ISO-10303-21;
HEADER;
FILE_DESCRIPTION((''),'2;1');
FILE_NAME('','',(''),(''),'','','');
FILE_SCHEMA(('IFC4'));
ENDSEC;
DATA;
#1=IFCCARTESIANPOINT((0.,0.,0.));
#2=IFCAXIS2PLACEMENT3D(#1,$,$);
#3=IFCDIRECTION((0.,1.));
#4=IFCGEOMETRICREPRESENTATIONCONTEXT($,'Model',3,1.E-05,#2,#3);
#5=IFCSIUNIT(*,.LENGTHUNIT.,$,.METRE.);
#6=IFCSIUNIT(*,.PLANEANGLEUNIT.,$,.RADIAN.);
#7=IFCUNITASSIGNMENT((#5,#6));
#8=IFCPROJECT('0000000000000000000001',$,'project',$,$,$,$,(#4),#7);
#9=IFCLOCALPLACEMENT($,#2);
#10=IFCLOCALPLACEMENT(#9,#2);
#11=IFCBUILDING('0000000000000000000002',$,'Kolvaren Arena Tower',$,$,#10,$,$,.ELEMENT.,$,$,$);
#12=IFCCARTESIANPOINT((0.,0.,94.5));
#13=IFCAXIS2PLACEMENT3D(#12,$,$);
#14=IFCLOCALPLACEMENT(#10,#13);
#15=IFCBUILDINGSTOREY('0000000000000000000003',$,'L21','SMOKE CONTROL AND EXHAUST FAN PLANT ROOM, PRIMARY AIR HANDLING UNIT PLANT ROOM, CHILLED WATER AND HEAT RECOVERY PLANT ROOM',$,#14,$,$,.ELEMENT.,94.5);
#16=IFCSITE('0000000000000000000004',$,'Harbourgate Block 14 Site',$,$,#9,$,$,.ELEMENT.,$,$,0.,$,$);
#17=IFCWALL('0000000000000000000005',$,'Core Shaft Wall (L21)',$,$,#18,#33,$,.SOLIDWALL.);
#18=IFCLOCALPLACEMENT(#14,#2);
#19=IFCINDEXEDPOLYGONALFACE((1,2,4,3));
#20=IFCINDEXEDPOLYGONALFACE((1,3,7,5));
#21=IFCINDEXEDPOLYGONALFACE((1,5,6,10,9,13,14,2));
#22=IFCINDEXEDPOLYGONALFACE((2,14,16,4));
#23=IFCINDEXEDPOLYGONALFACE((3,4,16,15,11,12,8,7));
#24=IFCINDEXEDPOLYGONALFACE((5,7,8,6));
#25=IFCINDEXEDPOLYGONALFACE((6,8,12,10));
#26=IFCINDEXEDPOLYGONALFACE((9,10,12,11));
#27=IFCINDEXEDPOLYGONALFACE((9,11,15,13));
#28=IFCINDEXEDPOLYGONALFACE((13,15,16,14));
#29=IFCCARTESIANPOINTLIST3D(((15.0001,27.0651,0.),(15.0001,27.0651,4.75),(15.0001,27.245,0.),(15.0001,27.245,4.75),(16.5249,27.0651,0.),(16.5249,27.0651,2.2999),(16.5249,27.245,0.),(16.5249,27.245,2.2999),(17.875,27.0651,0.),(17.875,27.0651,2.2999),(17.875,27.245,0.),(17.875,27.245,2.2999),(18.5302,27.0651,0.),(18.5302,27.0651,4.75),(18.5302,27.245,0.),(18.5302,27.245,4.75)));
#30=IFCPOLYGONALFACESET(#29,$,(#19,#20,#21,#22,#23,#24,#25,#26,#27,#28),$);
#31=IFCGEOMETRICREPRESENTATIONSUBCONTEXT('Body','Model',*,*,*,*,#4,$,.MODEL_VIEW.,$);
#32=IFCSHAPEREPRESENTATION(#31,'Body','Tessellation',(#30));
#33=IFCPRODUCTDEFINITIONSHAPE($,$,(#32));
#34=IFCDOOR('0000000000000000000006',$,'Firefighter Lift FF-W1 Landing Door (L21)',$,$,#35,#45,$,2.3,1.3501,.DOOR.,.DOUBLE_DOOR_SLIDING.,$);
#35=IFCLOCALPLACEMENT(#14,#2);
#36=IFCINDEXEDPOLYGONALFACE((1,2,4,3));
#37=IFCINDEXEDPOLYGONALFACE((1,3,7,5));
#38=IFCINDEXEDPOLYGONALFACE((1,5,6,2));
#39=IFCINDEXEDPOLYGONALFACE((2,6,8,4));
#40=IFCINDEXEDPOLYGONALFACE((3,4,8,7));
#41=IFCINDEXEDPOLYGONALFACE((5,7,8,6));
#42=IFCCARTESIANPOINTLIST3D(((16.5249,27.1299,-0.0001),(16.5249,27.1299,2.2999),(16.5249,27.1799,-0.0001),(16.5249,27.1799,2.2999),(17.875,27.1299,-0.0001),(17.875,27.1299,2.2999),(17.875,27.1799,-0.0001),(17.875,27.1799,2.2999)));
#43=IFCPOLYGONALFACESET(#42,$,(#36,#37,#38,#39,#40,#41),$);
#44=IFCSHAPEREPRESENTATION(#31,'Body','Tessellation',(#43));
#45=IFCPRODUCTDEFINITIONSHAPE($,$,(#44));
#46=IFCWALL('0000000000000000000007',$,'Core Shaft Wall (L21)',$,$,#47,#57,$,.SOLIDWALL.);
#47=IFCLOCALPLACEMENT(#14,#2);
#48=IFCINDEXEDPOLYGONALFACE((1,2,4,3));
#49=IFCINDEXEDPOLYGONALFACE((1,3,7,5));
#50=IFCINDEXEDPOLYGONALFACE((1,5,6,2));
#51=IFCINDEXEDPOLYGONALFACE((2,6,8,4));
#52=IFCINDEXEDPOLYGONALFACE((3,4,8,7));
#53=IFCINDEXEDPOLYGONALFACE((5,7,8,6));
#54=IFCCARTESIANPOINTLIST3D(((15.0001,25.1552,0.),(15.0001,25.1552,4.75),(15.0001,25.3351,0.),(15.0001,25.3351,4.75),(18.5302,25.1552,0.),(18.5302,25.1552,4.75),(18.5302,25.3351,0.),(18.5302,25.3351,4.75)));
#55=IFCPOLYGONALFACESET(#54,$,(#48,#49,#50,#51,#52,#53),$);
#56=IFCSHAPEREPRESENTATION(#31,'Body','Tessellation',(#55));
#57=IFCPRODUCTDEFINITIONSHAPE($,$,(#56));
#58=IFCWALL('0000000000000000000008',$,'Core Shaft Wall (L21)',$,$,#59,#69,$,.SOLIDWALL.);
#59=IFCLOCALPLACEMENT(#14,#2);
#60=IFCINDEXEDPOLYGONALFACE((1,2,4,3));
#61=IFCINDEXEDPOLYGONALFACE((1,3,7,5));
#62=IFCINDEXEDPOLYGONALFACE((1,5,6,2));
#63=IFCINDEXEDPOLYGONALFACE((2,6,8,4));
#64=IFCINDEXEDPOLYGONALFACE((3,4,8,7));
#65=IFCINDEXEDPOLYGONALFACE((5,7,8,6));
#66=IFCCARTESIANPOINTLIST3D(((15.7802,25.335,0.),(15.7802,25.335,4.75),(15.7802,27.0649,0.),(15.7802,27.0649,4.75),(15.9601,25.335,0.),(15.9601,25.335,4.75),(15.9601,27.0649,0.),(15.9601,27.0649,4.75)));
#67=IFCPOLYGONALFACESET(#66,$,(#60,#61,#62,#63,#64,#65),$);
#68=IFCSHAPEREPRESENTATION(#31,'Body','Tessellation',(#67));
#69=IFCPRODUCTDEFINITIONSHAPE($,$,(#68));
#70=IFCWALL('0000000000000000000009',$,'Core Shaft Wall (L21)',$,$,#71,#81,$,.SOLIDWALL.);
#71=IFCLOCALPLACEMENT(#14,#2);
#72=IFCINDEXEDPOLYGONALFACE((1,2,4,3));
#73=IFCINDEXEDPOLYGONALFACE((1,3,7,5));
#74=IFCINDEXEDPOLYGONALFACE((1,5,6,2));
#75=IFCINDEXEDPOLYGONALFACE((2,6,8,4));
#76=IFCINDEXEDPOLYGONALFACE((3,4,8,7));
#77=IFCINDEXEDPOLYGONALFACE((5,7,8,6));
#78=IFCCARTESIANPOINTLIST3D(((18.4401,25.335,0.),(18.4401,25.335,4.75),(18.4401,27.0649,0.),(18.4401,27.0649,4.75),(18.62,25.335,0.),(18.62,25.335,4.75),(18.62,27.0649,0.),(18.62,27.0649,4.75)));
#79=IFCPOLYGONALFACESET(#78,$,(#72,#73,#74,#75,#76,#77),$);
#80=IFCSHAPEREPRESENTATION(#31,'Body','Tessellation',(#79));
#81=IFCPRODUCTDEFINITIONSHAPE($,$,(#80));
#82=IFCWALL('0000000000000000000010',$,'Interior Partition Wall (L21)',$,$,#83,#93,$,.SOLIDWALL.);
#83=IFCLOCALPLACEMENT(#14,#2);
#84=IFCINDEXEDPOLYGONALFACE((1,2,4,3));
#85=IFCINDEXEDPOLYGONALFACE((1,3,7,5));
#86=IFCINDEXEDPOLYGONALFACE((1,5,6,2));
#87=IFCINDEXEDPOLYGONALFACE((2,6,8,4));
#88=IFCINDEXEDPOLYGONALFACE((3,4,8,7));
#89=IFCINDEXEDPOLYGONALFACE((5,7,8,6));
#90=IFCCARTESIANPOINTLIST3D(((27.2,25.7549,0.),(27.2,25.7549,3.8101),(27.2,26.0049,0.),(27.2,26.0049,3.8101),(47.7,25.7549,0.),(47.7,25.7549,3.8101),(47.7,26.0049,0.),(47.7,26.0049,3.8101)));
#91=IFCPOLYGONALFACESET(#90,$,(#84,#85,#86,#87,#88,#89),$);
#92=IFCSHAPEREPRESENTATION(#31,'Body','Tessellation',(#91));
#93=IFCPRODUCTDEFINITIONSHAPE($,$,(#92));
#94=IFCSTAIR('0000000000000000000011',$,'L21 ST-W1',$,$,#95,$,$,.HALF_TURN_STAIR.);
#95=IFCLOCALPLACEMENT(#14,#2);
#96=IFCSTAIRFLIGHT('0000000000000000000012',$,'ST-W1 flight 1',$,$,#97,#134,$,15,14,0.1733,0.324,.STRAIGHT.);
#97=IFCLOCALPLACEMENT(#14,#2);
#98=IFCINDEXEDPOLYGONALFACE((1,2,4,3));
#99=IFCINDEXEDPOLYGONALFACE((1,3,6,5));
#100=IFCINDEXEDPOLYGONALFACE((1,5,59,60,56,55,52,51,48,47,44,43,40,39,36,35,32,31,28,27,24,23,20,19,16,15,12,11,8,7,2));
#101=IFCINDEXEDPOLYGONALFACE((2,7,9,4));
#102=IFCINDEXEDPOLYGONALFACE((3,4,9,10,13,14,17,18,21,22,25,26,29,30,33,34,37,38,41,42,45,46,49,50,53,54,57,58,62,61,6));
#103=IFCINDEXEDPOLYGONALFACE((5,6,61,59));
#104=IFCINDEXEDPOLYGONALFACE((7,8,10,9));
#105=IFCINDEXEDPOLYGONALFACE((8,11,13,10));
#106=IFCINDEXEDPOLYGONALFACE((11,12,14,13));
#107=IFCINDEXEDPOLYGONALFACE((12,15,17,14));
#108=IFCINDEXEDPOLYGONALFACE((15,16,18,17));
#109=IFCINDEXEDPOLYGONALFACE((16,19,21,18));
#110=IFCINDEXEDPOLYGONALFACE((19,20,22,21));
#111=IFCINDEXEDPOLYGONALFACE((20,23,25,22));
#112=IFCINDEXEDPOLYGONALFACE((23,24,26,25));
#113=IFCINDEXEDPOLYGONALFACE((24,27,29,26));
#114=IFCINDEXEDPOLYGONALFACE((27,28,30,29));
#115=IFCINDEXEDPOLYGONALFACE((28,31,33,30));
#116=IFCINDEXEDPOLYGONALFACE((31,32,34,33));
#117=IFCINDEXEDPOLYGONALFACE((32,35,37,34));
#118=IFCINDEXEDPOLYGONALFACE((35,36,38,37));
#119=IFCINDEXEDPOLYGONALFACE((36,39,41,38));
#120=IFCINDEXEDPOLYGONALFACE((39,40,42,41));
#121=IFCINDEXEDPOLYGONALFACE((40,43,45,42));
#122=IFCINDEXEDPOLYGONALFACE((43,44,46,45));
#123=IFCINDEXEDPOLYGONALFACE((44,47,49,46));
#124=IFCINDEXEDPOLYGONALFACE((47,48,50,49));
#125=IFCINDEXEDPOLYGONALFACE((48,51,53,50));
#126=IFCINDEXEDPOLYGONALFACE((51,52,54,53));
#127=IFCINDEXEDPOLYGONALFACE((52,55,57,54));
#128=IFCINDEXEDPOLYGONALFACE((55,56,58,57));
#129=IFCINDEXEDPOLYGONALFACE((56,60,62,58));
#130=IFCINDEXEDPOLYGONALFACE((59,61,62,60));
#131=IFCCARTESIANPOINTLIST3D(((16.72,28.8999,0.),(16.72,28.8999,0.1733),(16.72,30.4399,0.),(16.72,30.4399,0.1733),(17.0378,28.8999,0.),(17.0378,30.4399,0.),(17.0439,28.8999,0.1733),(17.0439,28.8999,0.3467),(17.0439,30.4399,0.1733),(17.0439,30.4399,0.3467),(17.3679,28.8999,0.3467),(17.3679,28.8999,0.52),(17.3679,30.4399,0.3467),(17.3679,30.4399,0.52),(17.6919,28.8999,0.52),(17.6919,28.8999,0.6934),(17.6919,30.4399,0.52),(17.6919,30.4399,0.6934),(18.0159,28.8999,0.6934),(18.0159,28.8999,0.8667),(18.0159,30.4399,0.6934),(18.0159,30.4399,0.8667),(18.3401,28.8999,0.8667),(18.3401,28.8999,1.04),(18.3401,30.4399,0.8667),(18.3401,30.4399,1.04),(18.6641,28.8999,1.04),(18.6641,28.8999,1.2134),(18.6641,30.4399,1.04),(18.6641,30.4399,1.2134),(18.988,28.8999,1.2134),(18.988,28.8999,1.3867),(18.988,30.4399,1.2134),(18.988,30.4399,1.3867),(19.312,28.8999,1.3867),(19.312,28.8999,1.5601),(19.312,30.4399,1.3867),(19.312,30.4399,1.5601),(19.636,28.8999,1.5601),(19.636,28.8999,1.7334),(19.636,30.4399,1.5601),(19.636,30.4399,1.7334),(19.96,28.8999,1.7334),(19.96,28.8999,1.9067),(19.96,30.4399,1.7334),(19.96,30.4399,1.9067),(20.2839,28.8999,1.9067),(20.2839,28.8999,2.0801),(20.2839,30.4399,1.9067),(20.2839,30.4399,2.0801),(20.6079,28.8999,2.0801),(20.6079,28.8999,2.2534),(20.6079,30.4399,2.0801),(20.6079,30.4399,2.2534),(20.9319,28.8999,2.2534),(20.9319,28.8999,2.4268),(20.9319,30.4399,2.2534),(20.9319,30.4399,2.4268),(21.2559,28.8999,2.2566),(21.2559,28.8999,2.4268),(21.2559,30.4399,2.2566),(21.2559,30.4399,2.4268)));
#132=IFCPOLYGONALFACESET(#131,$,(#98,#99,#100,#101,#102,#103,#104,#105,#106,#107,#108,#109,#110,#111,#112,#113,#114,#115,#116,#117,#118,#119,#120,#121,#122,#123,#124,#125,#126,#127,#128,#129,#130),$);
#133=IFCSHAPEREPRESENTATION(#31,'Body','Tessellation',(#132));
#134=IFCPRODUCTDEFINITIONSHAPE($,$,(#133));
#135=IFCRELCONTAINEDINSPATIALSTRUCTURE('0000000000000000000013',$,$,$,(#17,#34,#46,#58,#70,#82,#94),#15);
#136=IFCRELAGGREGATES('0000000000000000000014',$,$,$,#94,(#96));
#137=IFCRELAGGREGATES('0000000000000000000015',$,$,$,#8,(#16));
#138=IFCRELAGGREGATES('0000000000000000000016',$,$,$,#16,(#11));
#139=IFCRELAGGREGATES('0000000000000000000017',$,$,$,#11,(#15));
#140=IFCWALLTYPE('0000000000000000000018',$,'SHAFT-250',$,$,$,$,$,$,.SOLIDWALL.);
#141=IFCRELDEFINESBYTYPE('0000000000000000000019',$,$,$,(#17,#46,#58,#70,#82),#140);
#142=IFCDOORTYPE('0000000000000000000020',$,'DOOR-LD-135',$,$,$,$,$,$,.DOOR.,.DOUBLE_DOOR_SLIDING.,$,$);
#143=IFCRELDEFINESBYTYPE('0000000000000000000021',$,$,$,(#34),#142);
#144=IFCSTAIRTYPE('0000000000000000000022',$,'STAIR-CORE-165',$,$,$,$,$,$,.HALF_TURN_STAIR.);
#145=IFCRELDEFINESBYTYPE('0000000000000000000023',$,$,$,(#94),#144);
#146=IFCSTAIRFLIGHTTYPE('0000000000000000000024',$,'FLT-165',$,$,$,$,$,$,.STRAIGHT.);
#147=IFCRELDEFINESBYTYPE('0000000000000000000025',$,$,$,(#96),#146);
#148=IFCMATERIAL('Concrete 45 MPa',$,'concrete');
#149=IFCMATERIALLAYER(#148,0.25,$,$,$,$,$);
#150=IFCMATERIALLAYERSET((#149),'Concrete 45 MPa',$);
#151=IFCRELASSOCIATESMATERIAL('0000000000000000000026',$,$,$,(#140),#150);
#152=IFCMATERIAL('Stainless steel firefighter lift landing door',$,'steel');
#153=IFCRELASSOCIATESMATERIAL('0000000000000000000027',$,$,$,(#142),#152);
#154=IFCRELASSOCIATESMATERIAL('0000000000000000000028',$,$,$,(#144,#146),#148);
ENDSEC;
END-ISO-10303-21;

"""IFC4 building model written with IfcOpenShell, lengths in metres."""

from ifc_helpers import new_model, si_unit, direction, frame, frame_2d, origin, place, context, subcontext, project, spatial, polyline, rectangle, outline, extrude, material, layer, layer_set, type_object, element, fill, aggregate, save


model = new_model("IFC4")

# Units and contexts
model_context = context("Model", 3, precision=1e-05, world=origin(), true_north=direction((0.0, 1.0)))
body_context = subcontext(model_context, "Body", "Model", "MODEL_VIEW")
ifc_project = project(units=[si_unit("LENGTHUNIT", "METRE"), si_unit("PLANEANGLEUNIT", "RADIAN")], contexts=[model_context])

# Site, building, storey
site_placement = place(None, origin())
site = spatial("IfcSite", under=ifc_project, at=site_placement, Name="Harbourgate Block 14 Site", CompositionType="ELEMENT", RefElevation=0.0)
building_placement = place(site_placement, origin())
building = spatial("IfcBuilding", under=site, at=building_placement, Name="Kolvaren Arena Tower", CompositionType="ELEMENT")
storey_placement = place(building_placement, frame((0.0, 0.0, 94.5)))
storey = spatial("IfcBuildingStorey", under=building, at=storey_placement, Name="L21", Description="SMOKE CONTROL AND EXHAUST FAN PLANT ROOM, PRIMARY AIR HANDLING UNIT PLANT ROOM, CHILLED WATER AND HEAT RECOVERY PLANT ROOM", CompositionType="ELEMENT", Elevation=94.5)

# Shared definitions
ifc_material_1 = material(Name="Concrete 45 MPa", Category="concrete")
ifc_layer = layer(ifc_material_1, 0.25)
ifc_layer_set = layer_set([ifc_layer], Name="Concrete 45 MPa")
wall_type = type_object("IfcWallType", Name="SHAFT-250", PredefinedType="SOLIDWALL", material=ifc_layer_set)

# Wall, opening, door
wall_1_placement = place(storey_placement, frame((15.0, 27.155, 0.0), z_axis=(0.0, 0.0, 1.0), x_axis=(1.0, 0.0, 0.0)))
wall_1 = element("IfcWall", 1, at=wall_1_placement, inside=storey, type_object=wall_type, Name="Core Shaft Wall (L21)", PredefinedType="SOLIDWALL", context=body_context, shape_type="SweptSolid", body=[
    extrude(rectangle(XDim=3.53, YDim=0.1799, at=frame_2d((1.7651, 0.0))), origin(), (0.0, 0.0, 1.0), 4.75),
])
opening_1_placement = place(wall_1_placement, frame((1.5249, 0.0, 0.0)))
opening_1 = element("IfcOpeningElement", 2, at=opening_1_placement, cuts=wall_1, PredefinedType="OPENING", context=body_context, shape_type="SweptSolid", body=[
    extrude(rectangle(XDim=1.3501, YDim=2.3, at=frame_2d((0.675, 1.1499))), frame((0.0, 0.0999, 0.0), z_axis=(0.0, -1.0, 0.0), x_axis=(1.0, 0.0, 0.0)), (0.0, 0.0, 1.0), 0.2),
])
ifc_material_2 = material(Name="Stainless steel firefighter lift landing door", Category="steel")
door_type_1 = type_object("IfcDoorType", Name="DOOR-LD-135", OperationType="DOUBLE_DOOR_SLIDING", PredefinedType="DOOR", material=ifc_material_2)
door_1_placement = place(opening_1_placement, origin())
door_1 = element("IfcDoor", 3, at=door_1_placement, inside=storey, type_object=door_type_1, Name="Firefighter Lift FF-W1 Landing Door (L21)", OperationType="DOUBLE_DOOR_SLIDING", OverallHeight=2.3, OverallWidth=1.3501, PredefinedType="DOOR", context=body_context, shape_type="SweptSolid", body=[
    extrude(rectangle(XDim=1.3501, YDim=2.3, at=frame_2d((0.675, 1.1499))), frame((0.0, 0.0249, 0.0), z_axis=(0.0, -1.0, 0.0), x_axis=(1.0, 0.0, 0.0)), (0.0, 0.0, 1.0), 0.05),
])
fill(opening_1, door_1)

# Walls
wall_2_placement = place(storey_placement, frame((15.0, 25.2451, 0.0), z_axis=(0.0, 0.0, 1.0), x_axis=(1.0, 0.0, 0.0)))
element("IfcWall", 4, at=wall_2_placement, inside=storey, type_object=wall_type, Name="Core Shaft Wall (L21)", PredefinedType="SOLIDWALL", context=body_context, shape_type="SweptSolid", body=[
    extrude(rectangle(XDim=3.53, YDim=0.1799, at=frame_2d((1.7651, 0.0))), origin(), (0.0, 0.0, 1.0), 4.75),
])
for number, where, z_axis, x_axis, name in (
    (5, (15.8701, 25.335, 0.0), (0.0, 0.0, 1.0), (0.0, 1.0, 0.0), "Core Shaft Wall (L21)"),
    (6, (18.53, 25.335, 0.0), (0.0, 0.0, 1.0), (0.0, 1.0, 0.0), "Core Shaft Wall (L21)"),
):
    element("IfcWall", number, at=place(storey_placement, frame(where, z_axis=z_axis, x_axis=x_axis)), inside=storey, type_object=wall_type, Name=name, PredefinedType="SOLIDWALL", context=body_context, shape_type="SweptSolid", body=[
        extrude(rectangle(XDim=1.73, YDim=0.1799, at=frame_2d((0.865, 0.0))), origin(), (0.0, 0.0, 1.0), 4.75),
    ])
wall_3_placement = place(storey_placement, frame((27.2, 25.8799, 0.0), z_axis=(0.0, 0.0, 1.0), x_axis=(1.0, 0.0, 0.0)))
element("IfcWall", 7, at=wall_3_placement, inside=storey, type_object=wall_type, Name="Interior Partition Wall (L21)", PredefinedType="SOLIDWALL", context=body_context, shape_type="SweptSolid", body=[
    extrude(rectangle(XDim=20.5, YDim=0.25, at=frame_2d((10.25, 0.0))), origin(), (0.0, 0.0, 1.0), 3.8101),
])

# Stair, stair flight
stair_type = type_object("IfcStairType", Name="STAIR-CORE-165", PredefinedType="HALF_TURN_STAIR", material=ifc_material_1)
stair_placement = place(storey_placement, origin())
stair = element("IfcStair", 8, at=stair_placement, inside=storey, type_object=stair_type, Name="L21 ST-W1", PredefinedType="HALF_TURN_STAIR")
stair_flight_type = type_object("IfcStairFlightType", Name="FLT-165", PredefinedType="STRAIGHT", material=ifc_material_1)
stair_flight_placement = place(storey_placement, frame((16.72, 29.6699, 0.0), z_axis=(0.0, 0.0, 1.0), x_axis=(1.0, 0.0, 0.0)))
stair_flight = element("IfcStairFlight", 9, at=stair_flight_placement, type_object=stair_flight_type, Name="ST-W1 flight 1", NumberOfRisers=15, NumberOfTreads=14, PredefinedType="STRAIGHT", RiserHeight=0.1733, TreadLength=0.324, context=body_context, shape_type="SweptSolid", body=[
    extrude(outline(polyline([(0.0, 0.0), (0.0, 0.1733), (0.324, 0.1733), (0.324, 0.3467), (0.6479, 0.3467), (0.6479, 0.52), (0.9719, 0.52), (0.9719, 0.6934), (1.2959, 0.6934), (1.2959, 0.8667), (1.6201, 0.8667), (1.6201, 1.04), (1.9441, 1.04), (1.9441, 1.2134), (2.2681, 1.2134), (2.2681, 1.3867), (2.592, 1.3867), (2.592, 1.5601), (2.916, 1.5601), (2.916, 1.7334), (3.24, 1.7334), (3.24, 1.9067), (3.564, 1.9067), (3.564, 2.0801), (3.8879, 2.0801), (3.8879, 2.2534), (4.2119, 2.2534), (4.2119, 2.4268), (4.5359, 2.4268), (4.5359, 2.6001), (4.5359, 2.2566), (0.3179, 0.0), (0.0, 0.0)])), frame((0.0, 0.77, 0.0), z_axis=(0.0, -1.0, 0.0), x_axis=(1.0, 0.0, 0.0)), (0.0, 0.0, 1.0), 1.54),
])
aggregate(stair, [stair_flight])

save(model, "model.ifc")
